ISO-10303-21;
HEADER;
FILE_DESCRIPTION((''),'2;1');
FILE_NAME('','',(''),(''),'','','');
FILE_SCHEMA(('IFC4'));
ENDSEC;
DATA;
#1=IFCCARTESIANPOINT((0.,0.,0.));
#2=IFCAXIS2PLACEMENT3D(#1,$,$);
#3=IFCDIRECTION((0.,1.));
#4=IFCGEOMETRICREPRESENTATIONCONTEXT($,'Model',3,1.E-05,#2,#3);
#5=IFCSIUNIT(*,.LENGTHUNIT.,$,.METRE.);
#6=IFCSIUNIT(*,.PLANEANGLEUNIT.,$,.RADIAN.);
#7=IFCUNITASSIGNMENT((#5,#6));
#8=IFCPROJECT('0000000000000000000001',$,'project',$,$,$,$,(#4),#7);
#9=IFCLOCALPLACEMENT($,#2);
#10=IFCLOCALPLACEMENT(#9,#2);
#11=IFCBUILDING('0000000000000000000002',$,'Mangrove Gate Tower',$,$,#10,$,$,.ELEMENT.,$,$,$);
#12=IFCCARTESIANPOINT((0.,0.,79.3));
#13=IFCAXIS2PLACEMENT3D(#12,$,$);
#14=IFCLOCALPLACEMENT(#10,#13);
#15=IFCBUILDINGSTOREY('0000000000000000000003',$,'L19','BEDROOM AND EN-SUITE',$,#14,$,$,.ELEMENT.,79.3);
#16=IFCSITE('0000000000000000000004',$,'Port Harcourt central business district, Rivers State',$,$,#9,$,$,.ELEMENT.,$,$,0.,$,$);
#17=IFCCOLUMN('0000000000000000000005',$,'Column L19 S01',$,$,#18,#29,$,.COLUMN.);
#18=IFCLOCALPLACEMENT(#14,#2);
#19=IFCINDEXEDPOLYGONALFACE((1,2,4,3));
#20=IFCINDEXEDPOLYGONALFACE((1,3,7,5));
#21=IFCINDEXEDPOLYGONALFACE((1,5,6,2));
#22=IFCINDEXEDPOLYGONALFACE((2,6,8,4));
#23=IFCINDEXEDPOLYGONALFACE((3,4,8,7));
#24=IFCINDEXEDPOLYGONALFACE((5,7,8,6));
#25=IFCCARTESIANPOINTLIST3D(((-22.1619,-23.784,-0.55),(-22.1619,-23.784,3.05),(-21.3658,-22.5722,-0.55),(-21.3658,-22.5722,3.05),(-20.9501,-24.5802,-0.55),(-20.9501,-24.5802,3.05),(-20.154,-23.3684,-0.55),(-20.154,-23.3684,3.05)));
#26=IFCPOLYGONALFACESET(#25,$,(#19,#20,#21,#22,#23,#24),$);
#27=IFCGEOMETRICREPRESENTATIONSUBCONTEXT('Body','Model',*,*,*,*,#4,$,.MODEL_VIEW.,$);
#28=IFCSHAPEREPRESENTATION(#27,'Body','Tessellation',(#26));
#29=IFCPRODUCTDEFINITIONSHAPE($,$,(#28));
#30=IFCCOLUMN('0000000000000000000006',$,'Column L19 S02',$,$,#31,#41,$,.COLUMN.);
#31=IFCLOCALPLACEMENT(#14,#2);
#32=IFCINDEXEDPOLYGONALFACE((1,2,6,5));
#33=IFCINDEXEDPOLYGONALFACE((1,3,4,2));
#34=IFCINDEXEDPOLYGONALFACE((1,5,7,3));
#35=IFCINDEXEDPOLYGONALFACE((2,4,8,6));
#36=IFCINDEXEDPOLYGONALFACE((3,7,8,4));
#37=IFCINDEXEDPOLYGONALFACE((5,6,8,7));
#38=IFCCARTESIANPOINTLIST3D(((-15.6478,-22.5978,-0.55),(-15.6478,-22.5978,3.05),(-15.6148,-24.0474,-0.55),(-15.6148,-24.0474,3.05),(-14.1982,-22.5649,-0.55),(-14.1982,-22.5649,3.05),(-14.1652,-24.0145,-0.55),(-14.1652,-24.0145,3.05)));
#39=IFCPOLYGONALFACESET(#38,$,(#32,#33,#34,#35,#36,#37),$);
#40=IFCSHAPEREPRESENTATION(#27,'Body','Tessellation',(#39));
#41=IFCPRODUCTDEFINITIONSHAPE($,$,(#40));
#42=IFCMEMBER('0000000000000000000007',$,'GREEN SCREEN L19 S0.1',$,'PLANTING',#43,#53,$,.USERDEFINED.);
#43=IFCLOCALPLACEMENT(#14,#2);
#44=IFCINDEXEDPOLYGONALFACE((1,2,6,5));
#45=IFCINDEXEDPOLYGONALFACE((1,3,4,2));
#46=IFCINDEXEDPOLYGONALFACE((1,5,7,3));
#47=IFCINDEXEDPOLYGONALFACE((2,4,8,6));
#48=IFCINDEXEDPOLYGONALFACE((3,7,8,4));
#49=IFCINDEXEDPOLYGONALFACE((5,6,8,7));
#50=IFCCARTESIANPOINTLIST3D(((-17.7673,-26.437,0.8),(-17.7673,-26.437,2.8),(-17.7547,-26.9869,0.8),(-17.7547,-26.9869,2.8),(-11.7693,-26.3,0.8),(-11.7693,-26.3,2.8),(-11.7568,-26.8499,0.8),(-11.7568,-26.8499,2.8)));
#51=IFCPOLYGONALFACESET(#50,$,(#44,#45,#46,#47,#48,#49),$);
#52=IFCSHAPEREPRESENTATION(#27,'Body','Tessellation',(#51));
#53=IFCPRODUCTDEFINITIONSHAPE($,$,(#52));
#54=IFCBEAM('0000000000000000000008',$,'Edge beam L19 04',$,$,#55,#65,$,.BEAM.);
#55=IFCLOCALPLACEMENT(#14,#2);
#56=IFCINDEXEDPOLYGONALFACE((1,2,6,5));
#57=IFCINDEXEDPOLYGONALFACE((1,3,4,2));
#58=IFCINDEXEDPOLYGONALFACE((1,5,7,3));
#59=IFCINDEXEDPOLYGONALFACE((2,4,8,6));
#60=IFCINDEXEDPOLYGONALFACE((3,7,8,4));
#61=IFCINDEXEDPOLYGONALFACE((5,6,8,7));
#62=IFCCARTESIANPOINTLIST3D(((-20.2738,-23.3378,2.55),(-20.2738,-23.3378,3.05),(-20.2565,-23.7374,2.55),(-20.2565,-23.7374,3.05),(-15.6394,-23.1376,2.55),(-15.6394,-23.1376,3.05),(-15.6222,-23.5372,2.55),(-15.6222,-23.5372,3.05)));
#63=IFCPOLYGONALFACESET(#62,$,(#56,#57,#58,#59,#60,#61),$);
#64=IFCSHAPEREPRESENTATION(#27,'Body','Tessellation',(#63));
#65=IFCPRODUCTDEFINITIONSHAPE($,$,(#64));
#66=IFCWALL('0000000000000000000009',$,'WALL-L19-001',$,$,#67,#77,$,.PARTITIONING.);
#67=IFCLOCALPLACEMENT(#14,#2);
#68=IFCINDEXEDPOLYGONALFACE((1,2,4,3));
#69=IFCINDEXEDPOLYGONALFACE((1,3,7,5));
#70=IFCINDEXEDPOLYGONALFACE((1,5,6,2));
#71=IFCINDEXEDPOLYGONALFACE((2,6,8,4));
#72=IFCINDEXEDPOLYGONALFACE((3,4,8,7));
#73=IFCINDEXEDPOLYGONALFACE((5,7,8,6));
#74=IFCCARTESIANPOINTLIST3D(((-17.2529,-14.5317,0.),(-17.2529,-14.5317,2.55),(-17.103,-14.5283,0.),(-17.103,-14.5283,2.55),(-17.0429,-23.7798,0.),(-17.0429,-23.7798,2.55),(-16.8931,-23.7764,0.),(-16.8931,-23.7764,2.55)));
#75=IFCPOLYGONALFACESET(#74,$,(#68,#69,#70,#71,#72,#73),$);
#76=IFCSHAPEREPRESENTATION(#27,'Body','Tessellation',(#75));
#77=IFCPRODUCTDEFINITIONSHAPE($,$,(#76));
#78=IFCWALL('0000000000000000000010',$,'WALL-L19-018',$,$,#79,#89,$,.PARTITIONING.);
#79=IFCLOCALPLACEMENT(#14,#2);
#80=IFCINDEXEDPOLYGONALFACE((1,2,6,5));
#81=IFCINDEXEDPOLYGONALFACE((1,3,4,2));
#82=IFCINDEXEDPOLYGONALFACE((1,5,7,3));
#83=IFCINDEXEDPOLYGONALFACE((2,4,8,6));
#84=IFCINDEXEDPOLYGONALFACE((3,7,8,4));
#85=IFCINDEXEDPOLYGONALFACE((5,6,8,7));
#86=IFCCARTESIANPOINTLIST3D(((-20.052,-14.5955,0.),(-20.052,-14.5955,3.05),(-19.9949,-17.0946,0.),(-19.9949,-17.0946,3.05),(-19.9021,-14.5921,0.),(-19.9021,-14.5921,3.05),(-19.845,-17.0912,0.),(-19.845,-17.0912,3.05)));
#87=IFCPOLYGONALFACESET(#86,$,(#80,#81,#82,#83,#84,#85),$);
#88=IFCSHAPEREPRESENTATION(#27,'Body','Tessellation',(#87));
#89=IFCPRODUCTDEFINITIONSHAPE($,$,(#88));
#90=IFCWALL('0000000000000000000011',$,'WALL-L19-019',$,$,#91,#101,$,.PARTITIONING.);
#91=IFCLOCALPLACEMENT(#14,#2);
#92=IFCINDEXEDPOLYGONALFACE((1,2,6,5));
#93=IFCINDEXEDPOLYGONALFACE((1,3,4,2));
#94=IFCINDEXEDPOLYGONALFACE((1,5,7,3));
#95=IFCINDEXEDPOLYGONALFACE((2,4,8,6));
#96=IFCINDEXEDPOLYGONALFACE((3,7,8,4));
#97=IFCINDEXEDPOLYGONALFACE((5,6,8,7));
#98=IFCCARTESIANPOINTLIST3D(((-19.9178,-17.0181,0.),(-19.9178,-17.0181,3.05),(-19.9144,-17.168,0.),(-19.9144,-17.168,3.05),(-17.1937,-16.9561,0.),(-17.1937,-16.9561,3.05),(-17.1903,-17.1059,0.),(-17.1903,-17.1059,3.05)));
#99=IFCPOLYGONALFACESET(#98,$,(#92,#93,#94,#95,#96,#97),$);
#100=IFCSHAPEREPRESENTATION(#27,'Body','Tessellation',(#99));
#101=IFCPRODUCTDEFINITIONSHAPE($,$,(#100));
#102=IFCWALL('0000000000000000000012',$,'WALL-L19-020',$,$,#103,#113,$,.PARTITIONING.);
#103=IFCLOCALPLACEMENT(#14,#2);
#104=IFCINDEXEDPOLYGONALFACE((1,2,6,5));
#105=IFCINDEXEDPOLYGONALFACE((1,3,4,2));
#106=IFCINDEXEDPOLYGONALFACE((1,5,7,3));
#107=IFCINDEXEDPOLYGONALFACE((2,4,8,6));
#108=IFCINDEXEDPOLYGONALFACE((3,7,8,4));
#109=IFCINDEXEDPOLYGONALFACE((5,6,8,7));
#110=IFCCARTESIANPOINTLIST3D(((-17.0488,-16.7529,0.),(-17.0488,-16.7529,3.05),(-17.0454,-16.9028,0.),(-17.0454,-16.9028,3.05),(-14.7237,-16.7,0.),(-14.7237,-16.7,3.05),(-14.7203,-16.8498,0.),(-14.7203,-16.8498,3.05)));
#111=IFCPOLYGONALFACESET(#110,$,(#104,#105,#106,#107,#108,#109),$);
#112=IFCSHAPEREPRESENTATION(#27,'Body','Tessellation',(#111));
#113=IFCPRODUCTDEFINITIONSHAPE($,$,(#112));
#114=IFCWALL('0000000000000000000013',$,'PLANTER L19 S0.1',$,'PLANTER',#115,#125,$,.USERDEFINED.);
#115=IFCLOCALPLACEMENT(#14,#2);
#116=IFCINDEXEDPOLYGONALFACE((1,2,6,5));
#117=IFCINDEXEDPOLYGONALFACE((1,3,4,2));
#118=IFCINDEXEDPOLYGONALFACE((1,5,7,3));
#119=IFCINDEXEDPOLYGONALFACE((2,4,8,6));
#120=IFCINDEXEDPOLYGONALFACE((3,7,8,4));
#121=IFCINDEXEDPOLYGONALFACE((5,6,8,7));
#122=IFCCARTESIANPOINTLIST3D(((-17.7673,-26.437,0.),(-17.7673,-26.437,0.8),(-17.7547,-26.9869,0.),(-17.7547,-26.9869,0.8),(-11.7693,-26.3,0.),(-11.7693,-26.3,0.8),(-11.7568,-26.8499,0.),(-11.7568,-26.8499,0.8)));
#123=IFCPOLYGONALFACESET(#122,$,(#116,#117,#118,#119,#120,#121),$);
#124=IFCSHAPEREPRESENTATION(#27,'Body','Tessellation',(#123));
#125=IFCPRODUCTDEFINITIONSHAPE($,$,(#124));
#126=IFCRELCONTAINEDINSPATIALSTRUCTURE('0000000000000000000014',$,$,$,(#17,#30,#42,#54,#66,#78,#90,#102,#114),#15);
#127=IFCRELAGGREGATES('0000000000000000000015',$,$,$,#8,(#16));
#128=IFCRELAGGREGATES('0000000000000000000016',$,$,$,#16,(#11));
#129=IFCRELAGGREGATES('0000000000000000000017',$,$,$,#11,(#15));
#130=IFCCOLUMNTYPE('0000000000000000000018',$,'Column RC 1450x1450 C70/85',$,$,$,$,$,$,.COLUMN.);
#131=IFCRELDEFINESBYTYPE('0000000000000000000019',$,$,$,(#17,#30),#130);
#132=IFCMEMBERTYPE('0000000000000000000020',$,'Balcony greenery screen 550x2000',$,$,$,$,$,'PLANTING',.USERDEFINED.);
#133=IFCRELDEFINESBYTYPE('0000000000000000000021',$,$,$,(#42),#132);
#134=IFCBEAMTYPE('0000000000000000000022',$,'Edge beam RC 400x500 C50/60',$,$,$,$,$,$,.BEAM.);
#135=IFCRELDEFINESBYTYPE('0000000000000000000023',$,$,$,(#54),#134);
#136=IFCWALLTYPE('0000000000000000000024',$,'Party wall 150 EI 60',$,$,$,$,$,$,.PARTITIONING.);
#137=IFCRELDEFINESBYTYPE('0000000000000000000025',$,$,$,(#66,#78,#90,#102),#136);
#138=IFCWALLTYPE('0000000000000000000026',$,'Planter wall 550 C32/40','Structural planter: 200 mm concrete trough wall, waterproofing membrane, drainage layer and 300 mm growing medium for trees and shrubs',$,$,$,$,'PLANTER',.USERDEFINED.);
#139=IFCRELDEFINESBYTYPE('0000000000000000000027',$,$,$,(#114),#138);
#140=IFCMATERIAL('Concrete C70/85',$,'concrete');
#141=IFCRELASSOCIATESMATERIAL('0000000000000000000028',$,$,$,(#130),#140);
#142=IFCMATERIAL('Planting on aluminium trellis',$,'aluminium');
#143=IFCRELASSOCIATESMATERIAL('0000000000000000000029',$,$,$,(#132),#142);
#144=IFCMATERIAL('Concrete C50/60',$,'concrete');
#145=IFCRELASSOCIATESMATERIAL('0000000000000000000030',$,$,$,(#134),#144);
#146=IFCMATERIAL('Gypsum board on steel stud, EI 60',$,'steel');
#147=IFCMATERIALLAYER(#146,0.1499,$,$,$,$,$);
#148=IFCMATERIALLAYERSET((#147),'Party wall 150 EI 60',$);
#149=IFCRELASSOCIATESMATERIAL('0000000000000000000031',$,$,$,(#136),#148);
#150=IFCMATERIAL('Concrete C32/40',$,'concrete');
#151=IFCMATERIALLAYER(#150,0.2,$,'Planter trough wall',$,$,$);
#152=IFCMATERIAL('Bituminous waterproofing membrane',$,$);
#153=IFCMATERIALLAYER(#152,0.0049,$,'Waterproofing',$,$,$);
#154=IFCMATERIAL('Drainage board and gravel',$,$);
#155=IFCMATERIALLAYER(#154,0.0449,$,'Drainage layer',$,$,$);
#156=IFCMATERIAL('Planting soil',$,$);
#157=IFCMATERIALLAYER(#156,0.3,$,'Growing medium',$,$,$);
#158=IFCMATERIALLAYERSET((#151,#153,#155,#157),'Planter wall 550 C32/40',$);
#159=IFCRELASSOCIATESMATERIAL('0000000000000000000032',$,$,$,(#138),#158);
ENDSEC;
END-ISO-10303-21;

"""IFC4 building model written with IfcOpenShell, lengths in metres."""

from ifc_helpers import new_model, si_unit, direction, frame, frame_2d, origin, origin_2d, place, context, subcontext, project, spatial, rectangle, extrude, material, layer, layer_set, material_profile, profile_set, type_object, element, save


model = new_model("IFC4")

# Units and contexts
model_context = context("Model", 3, precision=1e-05, world=origin(), true_north=direction((0.0, 1.0)))
body_context = subcontext(model_context, "Body", "Model", "MODEL_VIEW")
ifc_project = project(units=[si_unit("LENGTHUNIT", "METRE"), si_unit("PLANEANGLEUNIT", "RADIAN")], contexts=[model_context])

# Site, building, storey
site_placement = place(None, origin())
site = spatial("IfcSite", under=ifc_project, at=site_placement, Name="Port Harcourt central business district, Rivers State", CompositionType="ELEMENT", RefElevation=0.0)
building_placement = place(site_placement, origin())
building = spatial("IfcBuilding", under=site, at=building_placement, Name="Mangrove Gate Tower", CompositionType="ELEMENT")
storey_placement = place(building_placement, frame((0.0, 0.0, 79.3)))
storey = spatial("IfcBuildingStorey", under=building, at=storey_placement, Name="L19", Description="BEDROOM AND EN-SUITE", CompositionType="ELEMENT", Elevation=79.3)

# Columns
ifc_material_1 = material(Name="Concrete C70/85", Category="concrete")
ifc_material_profile_1 = material_profile(ifc_material_1, rectangle(XDim=1.45, YDim=1.45, at=origin_2d()))
ifc_profile_set_1 = profile_set([ifc_material_profile_1], Name="Concrete C70/85")
column_type = type_object("IfcColumnType", Name="Column RC 1450x1450 C70/85", PredefinedType="COLUMN", material=ifc_profile_set_1)
for number, where, z_axis, x_axis, name in (
    (1, (-21.158, -23.5762, -0.55), (0.0, 0.0, 1.0), (0.835754, -0.549104, 0.0), "Column L19 S01"),
    (2, (-14.9065, -23.3062, -0.55), (0.0, 0.0, 1.0), (0.999742, 0.022721, 0.0), "Column L19 S02"),
):
    element("IfcColumn", number, at=place(storey_placement, frame(where, z_axis=z_axis, x_axis=x_axis)), inside=storey, type_object=column_type, Name=name, PredefinedType="COLUMN", context=body_context, shape_type="SweptSolid", body=[
        extrude(rectangle(XDim=1.45, YDim=1.45, at=origin_2d()), origin(), (0.0, 0.0, 1.0), 3.6001),
    ])

# Member
ifc_material_2 = material(Name="Planting on aluminium trellis", Category="aluminium")
ifc_material_profile_2 = material_profile(ifc_material_2, rectangle(XDim=0.55, YDim=2.0, at=origin_2d()))
ifc_profile_set_2 = profile_set([ifc_material_profile_2], Name="Planting on aluminium trellis")
member_type = type_object("IfcMemberType", Name="Balcony greenery screen 550x2000", ElementType="PLANTING", PredefinedType="USERDEFINED", material=ifc_profile_set_2)
member_placement = place(storey_placement, frame((-17.761, -26.7119, 1.8), z_axis=(0.999739, 0.022829, 0.0), x_axis=(-0.022829, 0.999739, 0.0)))
element("IfcMember", 3, at=member_placement, inside=storey, type_object=member_type, Name="GREEN SCREEN L19 S0.1", ObjectType="PLANTING", PredefinedType="USERDEFINED", context=body_context, shape_type="SweptSolid", body=[
    extrude(rectangle(XDim=0.55, YDim=2.0, at=origin_2d()), origin(), (0.0, 0.0, 1.0), 5.9995),
])

# Beam
ifc_material_3 = material(Name="Concrete C50/60", Category="concrete")
ifc_material_profile_3 = material_profile(ifc_material_3, rectangle(XDim=0.3999, YDim=0.5, at=origin_2d()))
ifc_profile_set_3 = profile_set([ifc_material_profile_3], Name="Concrete C50/60")
beam_type = type_object("IfcBeamType", Name="Edge beam RC 400x500 C50/60", PredefinedType="BEAM", material=ifc_profile_set_3)
beam_placement = place(storey_placement, frame((-20.2651, -23.5376, 2.8), z_axis=(0.999068, 0.043159, 0.0), x_axis=(-0.043159, 0.999068, 0.0)))
element("IfcBeam", 4, at=beam_placement, inside=storey, type_object=beam_type, Name="Edge beam L19 04", PredefinedType="BEAM", context=body_context, shape_type="SweptSolid", body=[
    extrude(rectangle(XDim=0.3999, YDim=0.5, at=origin_2d()), origin(), (0.0, 0.0, 1.0), 4.6387),
])

# Walls
ifc_material_4 = material(Name="Gypsum board on steel stud, EI 60", Category="steel")
ifc_layer_1 = layer(ifc_material_4, 0.1499)
ifc_layer_set_1 = layer_set([ifc_layer_1], Name="Party wall 150 EI 60")
wall_type_1 = type_object("IfcWallType", Name="Party wall 150 EI 60", PredefinedType="PARTITIONING", material=ifc_layer_set_1)
wall_1_placement = place(storey_placement, frame((-16.968, -23.7781, 0.0), z_axis=(0.0, 0.0, 1.0), x_axis=(-0.022697, 0.999742, 0.0)))
element("IfcWall", 5, at=wall_1_placement, inside=storey, type_object=wall_type_1, Name="WALL-L19-001", PredefinedType="PARTITIONING", context=body_context, shape_type="SweptSolid", body=[
    extrude(rectangle(XDim=9.2505, YDim=0.1499, at=frame_2d((4.6252, 0.0))), origin(), (0.0, 0.0, 1.0), 2.55),
])
wall_2_placement = place(storey_placement, frame((-19.9199, -17.093, 0.0), z_axis=(0.0, 0.0, 1.0), x_axis=(-0.022855, 0.999739, 0.0)))
element("IfcWall", 6, at=wall_2_placement, inside=storey, type_object=wall_type_1, Name="WALL-L19-018", PredefinedType="PARTITIONING", context=body_context, shape_type="SweptSolid", body=[
    extrude(rectangle(XDim=2.4998, YDim=0.1499, at=frame_2d((1.25, 0.0))), origin(), (0.0, 0.0, 1.0), 3.05),
])
wall_3_placement = place(storey_placement, frame((-19.916, -17.093, 0.0), z_axis=(0.0, 0.0, 1.0), x_axis=(0.999741, 0.022758, 0.0)))
element("IfcWall", 7, at=wall_3_placement, inside=storey, type_object=wall_type_1, Name="WALL-L19-019", PredefinedType="PARTITIONING", context=body_context, shape_type="SweptSolid", body=[
    extrude(rectangle(XDim=2.7249, YDim=0.1499, at=frame_2d((1.3623, 0.0))), origin(), (0.0, 0.0, 1.0), 3.05),
])
wall_4_placement = place(storey_placement, frame((-17.0471, -16.8279, 0.0), z_axis=(0.0, 0.0, 1.0), x_axis=(0.999741, 0.022779, 0.0)))
element("IfcWall", 8, at=wall_4_placement, inside=storey, type_object=wall_type_1, Name="WALL-L19-020", PredefinedType="PARTITIONING", context=body_context, shape_type="SweptSolid", body=[
    extrude(rectangle(XDim=2.3257, YDim=0.1499, at=frame_2d((1.1628, 0.0))), origin(), (0.0, 0.0, 1.0), 3.05),
])
ifc_material_5 = material(Name="Concrete C32/40", Category="concrete")
ifc_layer_2 = layer(ifc_material_5, 0.2, Name="Planter trough wall")
ifc_material_6 = material(Name="Bituminous waterproofing membrane")
ifc_layer_3 = layer(ifc_material_6, 0.0049, Name="Waterproofing")
ifc_material_7 = material(Name="Drainage board and gravel")
ifc_layer_4 = layer(ifc_material_7, 0.0449, Name="Drainage layer")
ifc_material_8 = material(Name="Planting soil")
ifc_layer_5 = layer(ifc_material_8, 0.3, Name="Growing medium")
ifc_layer_set_2 = layer_set([ifc_layer_2, ifc_layer_3, ifc_layer_4, ifc_layer_5], Name="Planter wall 550 C32/40")
wall_type_2 = type_object("IfcWallType", Name="Planter wall 550 C32/40", Description="Structural planter: 200 mm concrete trough wall, waterproofing membrane, drainage layer and 300 mm growing medium for trees and shrubs", ElementType="PLANTER", PredefinedType="USERDEFINED", material=ifc_layer_set_2)
wall_5_placement = place(storey_placement, frame((-17.761, -26.7119, 0.0), z_axis=(0.0, 0.0, 1.0), x_axis=(0.999739, 0.022829, 0.0)))
element("IfcWall", 9, at=wall_5_placement, inside=storey, type_object=wall_type_2, Name="PLANTER L19 S0.1", ObjectType="PLANTER", PredefinedType="USERDEFINED", context=body_context, shape_type="SweptSolid", body=[
    extrude(rectangle(XDim=5.9995, YDim=0.55, at=frame_2d((2.9998, 0.0))), origin(), (0.0, 0.0, 1.0), 0.8),
])

save(model, "model.ifc")
